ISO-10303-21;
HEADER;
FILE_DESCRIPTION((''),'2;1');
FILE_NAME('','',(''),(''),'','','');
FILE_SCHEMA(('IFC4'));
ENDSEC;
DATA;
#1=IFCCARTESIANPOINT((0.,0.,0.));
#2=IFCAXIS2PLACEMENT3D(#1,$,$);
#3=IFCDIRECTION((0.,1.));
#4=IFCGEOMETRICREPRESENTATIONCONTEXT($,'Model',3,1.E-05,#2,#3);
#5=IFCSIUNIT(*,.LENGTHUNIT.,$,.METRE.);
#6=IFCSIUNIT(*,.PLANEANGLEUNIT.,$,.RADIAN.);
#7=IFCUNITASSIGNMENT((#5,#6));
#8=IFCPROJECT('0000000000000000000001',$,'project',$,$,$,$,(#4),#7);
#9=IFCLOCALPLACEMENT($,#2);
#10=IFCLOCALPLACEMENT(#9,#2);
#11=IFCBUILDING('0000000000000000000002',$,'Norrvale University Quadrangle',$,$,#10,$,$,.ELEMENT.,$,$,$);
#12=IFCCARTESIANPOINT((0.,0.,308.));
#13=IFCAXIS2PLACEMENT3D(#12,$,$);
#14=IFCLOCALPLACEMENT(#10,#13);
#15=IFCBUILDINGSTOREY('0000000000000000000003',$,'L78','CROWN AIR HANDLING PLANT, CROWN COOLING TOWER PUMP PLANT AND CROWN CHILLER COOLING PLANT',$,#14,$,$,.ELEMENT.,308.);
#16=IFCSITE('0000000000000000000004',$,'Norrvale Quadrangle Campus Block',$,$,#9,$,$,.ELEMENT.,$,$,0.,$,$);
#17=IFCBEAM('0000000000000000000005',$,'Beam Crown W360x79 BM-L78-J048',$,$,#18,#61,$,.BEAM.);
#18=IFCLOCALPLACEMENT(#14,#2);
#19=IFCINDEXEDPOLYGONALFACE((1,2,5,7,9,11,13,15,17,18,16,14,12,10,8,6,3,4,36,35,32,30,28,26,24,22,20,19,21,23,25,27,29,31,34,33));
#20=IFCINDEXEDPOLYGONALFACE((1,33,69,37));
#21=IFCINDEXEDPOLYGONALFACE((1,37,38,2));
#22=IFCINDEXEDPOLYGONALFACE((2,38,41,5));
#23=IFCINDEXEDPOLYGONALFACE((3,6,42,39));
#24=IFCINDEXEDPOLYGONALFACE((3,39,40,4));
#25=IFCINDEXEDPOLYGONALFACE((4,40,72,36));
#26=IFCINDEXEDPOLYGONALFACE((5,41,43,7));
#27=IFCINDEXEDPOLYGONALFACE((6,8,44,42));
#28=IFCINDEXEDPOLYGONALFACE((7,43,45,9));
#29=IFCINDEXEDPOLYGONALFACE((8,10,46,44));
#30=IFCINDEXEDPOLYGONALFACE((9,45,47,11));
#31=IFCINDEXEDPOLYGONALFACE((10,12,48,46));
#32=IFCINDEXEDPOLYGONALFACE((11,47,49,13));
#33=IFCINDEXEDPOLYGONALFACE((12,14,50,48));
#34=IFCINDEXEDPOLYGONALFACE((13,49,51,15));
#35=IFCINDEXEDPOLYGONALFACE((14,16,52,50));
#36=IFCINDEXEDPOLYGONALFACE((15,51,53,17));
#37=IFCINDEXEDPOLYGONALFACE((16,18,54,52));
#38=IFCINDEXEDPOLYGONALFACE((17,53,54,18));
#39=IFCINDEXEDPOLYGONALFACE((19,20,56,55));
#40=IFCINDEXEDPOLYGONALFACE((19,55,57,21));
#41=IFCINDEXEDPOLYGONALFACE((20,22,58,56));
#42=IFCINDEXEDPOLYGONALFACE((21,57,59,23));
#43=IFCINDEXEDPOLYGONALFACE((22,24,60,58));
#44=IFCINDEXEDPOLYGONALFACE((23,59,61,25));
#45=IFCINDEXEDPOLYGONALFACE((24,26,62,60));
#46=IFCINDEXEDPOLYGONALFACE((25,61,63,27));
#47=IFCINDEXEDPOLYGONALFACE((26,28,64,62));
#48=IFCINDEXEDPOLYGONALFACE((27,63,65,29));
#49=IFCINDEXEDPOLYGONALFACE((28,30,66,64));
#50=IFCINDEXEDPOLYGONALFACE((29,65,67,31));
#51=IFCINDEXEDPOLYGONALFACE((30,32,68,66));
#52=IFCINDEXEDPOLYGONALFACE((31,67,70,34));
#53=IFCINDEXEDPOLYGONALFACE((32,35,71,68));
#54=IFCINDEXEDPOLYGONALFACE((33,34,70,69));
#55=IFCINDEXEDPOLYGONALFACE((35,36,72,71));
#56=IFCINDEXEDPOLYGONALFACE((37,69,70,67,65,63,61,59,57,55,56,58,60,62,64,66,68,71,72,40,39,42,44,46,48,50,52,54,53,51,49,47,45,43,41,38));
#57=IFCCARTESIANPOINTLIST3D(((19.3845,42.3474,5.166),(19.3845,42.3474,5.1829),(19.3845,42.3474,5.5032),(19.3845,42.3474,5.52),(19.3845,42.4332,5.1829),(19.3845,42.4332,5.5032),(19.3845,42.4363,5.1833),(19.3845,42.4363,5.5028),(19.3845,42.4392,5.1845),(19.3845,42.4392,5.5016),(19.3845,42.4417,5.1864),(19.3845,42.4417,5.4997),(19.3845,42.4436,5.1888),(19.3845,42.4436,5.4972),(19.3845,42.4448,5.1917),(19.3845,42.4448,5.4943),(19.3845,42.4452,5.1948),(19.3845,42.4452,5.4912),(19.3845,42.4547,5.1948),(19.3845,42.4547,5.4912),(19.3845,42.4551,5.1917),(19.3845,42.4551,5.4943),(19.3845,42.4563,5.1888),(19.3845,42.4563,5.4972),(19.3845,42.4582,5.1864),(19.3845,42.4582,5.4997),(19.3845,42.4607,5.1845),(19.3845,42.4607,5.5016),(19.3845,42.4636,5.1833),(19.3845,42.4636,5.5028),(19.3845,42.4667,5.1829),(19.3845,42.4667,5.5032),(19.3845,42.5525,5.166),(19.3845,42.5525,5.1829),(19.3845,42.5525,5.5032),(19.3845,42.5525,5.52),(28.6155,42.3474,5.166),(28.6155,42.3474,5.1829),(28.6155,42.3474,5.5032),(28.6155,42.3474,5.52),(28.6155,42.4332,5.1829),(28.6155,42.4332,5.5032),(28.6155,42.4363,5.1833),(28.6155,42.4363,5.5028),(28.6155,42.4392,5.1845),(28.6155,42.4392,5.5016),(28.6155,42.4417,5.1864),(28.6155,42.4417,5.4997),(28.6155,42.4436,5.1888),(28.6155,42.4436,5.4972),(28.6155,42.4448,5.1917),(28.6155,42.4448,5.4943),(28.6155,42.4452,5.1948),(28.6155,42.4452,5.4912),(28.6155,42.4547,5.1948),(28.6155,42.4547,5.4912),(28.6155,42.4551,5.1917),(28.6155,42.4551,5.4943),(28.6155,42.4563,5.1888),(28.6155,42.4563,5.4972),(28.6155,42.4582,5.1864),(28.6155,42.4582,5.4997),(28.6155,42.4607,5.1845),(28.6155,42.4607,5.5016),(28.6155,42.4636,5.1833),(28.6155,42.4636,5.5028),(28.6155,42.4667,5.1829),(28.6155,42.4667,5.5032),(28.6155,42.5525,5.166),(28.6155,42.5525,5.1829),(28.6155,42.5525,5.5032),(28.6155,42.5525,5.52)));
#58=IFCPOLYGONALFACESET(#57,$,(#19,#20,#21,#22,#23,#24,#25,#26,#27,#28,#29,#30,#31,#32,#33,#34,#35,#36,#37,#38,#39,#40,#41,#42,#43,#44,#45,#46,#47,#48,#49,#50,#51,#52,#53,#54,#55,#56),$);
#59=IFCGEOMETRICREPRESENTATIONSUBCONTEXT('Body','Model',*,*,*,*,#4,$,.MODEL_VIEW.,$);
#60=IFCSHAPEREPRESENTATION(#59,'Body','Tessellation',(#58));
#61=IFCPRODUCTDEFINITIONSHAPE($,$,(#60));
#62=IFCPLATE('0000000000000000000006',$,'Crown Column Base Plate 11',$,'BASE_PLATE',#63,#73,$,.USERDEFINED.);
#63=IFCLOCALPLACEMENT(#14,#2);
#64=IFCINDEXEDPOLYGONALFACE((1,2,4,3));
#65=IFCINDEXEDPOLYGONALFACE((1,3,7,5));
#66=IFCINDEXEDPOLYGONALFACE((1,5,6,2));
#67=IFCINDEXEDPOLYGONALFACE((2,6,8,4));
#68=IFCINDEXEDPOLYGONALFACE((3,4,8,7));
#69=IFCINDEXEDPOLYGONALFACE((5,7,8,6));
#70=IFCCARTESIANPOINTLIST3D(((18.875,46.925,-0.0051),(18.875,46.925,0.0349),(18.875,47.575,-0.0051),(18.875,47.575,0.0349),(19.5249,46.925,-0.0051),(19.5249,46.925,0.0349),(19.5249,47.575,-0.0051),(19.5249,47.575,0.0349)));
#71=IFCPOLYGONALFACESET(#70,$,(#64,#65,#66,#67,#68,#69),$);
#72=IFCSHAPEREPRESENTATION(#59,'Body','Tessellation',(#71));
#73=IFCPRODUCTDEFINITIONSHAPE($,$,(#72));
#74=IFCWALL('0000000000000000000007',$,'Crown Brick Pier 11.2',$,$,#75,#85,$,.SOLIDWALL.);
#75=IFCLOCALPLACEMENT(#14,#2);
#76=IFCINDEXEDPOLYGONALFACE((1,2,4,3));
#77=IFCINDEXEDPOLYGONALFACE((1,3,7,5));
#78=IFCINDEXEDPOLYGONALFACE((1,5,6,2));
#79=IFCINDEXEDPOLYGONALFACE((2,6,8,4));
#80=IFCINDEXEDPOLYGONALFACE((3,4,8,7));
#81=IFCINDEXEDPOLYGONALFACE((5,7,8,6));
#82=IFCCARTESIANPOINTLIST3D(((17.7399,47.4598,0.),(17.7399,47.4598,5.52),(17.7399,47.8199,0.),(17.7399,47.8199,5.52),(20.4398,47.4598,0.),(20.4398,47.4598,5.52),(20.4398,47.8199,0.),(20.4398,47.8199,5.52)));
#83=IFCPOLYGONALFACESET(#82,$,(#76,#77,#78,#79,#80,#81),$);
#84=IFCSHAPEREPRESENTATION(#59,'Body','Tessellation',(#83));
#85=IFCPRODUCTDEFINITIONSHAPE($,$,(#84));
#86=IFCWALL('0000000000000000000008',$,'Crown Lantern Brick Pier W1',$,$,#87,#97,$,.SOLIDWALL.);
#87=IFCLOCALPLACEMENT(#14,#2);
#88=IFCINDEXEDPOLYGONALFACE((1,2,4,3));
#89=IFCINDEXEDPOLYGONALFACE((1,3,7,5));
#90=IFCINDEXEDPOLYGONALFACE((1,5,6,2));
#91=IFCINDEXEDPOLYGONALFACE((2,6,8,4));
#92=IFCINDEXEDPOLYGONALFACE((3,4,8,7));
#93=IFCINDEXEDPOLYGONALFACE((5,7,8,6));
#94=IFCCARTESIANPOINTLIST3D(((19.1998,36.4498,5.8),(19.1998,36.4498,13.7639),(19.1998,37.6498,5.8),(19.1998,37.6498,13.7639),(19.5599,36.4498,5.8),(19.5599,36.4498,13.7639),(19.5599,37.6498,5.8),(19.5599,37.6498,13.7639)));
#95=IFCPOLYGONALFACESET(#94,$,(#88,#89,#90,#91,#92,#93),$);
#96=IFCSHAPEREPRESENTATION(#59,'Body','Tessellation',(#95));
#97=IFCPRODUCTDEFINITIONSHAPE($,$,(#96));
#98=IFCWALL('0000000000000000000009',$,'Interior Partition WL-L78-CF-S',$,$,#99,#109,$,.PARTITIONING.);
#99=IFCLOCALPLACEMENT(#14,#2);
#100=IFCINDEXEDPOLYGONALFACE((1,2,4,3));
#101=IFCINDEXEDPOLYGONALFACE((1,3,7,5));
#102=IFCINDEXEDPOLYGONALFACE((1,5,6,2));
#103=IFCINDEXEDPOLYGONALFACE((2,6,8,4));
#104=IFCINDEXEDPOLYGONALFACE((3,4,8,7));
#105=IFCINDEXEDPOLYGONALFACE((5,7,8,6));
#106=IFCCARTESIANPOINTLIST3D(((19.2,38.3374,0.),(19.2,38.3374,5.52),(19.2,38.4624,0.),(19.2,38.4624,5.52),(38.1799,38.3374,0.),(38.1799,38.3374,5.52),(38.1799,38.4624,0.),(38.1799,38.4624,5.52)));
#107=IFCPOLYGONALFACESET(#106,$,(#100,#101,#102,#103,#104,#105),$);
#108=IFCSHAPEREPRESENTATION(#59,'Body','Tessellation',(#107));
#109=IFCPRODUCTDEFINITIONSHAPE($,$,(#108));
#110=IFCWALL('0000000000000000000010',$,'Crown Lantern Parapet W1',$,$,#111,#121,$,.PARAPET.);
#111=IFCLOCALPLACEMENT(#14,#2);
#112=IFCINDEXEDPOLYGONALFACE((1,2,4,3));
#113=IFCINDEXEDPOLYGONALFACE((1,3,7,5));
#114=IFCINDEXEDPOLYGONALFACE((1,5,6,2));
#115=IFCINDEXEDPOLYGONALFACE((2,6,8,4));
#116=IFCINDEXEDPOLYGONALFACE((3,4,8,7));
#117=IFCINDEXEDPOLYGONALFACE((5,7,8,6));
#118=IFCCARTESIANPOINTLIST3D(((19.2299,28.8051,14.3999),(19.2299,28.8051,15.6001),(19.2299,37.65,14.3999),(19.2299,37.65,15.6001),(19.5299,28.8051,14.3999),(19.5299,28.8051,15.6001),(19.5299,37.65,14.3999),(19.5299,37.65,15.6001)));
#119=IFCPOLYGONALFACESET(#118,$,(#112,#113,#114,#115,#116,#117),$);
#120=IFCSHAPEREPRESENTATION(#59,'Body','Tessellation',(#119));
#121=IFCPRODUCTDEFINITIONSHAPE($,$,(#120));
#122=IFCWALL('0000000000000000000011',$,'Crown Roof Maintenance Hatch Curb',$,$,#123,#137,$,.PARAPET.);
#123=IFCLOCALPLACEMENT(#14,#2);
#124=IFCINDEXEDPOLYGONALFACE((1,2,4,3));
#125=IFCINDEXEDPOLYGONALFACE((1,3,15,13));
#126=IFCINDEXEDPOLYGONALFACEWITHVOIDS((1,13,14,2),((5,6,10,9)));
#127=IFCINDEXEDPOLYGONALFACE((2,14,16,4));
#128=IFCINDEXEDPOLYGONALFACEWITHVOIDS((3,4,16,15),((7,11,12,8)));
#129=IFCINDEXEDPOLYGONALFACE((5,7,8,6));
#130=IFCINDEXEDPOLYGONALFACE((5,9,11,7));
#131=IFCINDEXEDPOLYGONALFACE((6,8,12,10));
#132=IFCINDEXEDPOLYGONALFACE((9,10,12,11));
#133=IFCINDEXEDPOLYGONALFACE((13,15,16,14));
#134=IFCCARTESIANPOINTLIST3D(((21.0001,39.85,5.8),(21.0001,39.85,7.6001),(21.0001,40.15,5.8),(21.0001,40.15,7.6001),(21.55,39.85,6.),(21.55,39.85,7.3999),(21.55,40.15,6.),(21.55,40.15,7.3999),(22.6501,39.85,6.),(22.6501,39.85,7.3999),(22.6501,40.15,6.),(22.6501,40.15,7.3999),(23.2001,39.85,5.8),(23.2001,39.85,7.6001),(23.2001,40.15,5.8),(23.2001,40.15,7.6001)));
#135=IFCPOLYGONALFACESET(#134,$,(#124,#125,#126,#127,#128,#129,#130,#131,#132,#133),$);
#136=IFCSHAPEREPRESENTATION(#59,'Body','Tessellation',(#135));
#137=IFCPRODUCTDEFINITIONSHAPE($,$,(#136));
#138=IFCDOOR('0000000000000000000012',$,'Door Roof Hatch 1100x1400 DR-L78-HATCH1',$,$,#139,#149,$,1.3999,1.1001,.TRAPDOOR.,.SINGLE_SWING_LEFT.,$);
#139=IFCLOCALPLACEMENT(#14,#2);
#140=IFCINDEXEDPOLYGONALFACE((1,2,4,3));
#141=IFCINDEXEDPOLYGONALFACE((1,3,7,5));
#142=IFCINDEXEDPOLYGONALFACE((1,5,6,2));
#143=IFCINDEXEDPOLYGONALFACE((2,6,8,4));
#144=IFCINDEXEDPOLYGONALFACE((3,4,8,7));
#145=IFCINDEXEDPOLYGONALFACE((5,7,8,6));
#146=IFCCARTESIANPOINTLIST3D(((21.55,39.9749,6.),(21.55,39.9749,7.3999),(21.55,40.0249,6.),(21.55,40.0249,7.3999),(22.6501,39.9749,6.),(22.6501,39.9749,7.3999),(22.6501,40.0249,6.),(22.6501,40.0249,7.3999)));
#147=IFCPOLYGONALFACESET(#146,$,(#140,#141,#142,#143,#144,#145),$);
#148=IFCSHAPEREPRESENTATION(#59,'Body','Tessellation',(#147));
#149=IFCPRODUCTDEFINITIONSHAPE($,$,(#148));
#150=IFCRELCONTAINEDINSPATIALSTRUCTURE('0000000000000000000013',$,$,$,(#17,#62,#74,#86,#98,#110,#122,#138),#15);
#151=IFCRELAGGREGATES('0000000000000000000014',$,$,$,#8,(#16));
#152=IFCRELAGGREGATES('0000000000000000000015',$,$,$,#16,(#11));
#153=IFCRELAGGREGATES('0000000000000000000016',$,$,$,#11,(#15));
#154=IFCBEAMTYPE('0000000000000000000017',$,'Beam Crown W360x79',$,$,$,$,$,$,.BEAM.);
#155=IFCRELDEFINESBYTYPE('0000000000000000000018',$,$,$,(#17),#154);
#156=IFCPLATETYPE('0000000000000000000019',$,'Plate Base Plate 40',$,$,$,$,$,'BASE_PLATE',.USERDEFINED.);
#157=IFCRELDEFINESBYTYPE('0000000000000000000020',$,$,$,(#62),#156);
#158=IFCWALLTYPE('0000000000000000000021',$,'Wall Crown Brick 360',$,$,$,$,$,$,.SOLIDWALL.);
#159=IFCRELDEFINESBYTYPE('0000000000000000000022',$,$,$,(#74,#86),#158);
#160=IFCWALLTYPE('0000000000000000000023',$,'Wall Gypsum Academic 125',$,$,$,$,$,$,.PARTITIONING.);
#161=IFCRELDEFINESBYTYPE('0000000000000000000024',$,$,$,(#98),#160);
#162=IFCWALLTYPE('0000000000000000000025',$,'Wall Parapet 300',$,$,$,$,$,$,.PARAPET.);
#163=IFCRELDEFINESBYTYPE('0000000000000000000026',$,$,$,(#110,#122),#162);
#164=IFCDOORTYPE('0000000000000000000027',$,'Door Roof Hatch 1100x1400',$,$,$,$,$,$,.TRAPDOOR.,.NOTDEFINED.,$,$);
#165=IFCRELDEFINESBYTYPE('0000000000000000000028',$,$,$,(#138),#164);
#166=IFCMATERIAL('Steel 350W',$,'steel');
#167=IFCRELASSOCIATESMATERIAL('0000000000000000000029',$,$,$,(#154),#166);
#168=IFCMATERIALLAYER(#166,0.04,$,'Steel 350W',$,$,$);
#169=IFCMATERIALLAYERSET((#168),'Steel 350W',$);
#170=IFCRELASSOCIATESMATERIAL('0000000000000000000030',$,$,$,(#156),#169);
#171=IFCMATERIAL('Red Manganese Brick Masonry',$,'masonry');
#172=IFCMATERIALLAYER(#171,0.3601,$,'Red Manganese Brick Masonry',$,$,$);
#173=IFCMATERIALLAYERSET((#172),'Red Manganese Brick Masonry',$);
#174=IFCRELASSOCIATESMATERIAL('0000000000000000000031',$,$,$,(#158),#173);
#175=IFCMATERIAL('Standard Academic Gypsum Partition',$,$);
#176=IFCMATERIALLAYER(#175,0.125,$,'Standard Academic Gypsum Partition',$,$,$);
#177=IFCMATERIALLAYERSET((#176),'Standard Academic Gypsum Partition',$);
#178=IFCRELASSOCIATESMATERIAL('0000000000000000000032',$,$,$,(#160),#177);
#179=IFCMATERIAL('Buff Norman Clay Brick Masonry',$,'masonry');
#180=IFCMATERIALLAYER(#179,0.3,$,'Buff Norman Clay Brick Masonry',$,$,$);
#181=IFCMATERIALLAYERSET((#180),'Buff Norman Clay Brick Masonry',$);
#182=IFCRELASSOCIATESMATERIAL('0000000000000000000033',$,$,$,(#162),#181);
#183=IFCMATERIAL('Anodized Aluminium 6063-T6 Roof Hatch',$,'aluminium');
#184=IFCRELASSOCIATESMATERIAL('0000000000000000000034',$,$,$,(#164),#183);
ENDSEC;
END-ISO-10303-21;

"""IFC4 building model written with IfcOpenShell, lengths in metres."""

from ifc_helpers import new_model, si_unit, direction, frame, frame_2d, origin, origin_2d, place, context, subcontext, project, spatial, rectangle, i_section, extrude, material, layer, layer_set, material_profile, profile_set, type_object, element, fill, save


model = new_model("IFC4")

# Units and contexts
model_context = context("Model", 3, precision=1e-05, world=origin(), true_north=direction((0.0, 1.0)))
body_context = subcontext(model_context, "Body", "Model", "MODEL_VIEW")
ifc_project = project(units=[si_unit("LENGTHUNIT", "METRE"), si_unit("PLANEANGLEUNIT", "RADIAN")], contexts=[model_context])

# Site, building, storey
site_placement = place(None, origin())
site = spatial("IfcSite", under=ifc_project, at=site_placement, Name="Norrvale Quadrangle Campus Block", CompositionType="ELEMENT", RefElevation=0.0)
building_placement = place(site_placement, origin())
building = spatial("IfcBuilding", under=site, at=building_placement, Name="Norrvale University Quadrangle", CompositionType="ELEMENT")
storey_placement = place(building_placement, frame((0.0, 0.0, 308.0)))
storey = spatial("IfcBuildingStorey", under=building, at=storey_placement, Name="L78", Description="CROWN AIR HANDLING PLANT, CROWN COOLING TOWER PUMP PLANT AND CROWN CHILLER COOLING PLANT", CompositionType="ELEMENT", Elevation=308.0)

# Shared definitions
ifc_material_1 = material(Name="Steel 350W", Category="steel")

# Beam
ifc_material_profile_1 = material_profile(ifc_material_1, i_section(OverallWidth=0.2051, OverallDepth=0.354, WebThickness=0.0095, FlangeThickness=0.0168, FilletRadius=0.012, at=origin_2d()), Name="Steel 350W")
ifc_profile_set_1 = profile_set([ifc_material_profile_1], Name="Steel 350W")
beam_type_1 = type_object("IfcBeamType", Name="Beam Crown W360x79", PredefinedType="BEAM", material=ifc_profile_set_1)
beam_placement = place(storey_placement, frame((19.3845, 42.45, 5.343), z_axis=(1.0, 0.0, 0.0), x_axis=(0.0, 1.0, 0.0)))
element("IfcBeam", 1, at=beam_placement, inside=storey, type_object=beam_type_1, Name="Beam Crown W360x79 BM-L78-J048", PredefinedType="BEAM", context=body_context, shape_type="SweptSolid", body=[
    extrude(i_section(OverallWidth=0.2051, OverallDepth=0.354, WebThickness=0.0095, FlangeThickness=0.0168, FilletRadius=0.012, at=origin_2d()), origin(), (0.0, 0.0, 1.0), 9.231),
])

# Plate
ifc_layer_1 = layer(ifc_material_1, 0.04, Name="Steel 350W")
ifc_layer_set_1 = layer_set([ifc_layer_1], Name="Steel 350W")
plate_type_1 = type_object("IfcPlateType", Name="Plate Base Plate 40", ElementType="BASE_PLATE", PredefinedType="USERDEFINED", material=ifc_layer_set_1)
plate_1_placement = place(storey_placement, frame((19.2, 47.25, -0.0051), z_axis=(0.0, 0.0, 1.0), x_axis=(1.0, 0.0, 0.0)))
element("IfcPlate", 2, at=plate_1_placement, inside=storey, type_object=plate_type_1, Name="Crown Column Base Plate 11", ObjectType="BASE_PLATE", PredefinedType="USERDEFINED", context=body_context, shape_type="SweptSolid", body=[
    extrude(rectangle(XDim=0.6499, YDim=0.6499, at=origin_2d()), origin(), (0.0, 0.0, 1.0), 0.04),
])

# Walls
ifc_material_2 = material(Name="Red Manganese Brick Masonry", Category="masonry")
ifc_layer_2 = layer(ifc_material_2, 0.3601, Name="Red Manganese Brick Masonry")
ifc_layer_set_2 = layer_set([ifc_layer_2], Name="Red Manganese Brick Masonry")
wall_type_1 = type_object("IfcWallType", Name="Wall Crown Brick 360", PredefinedType="SOLIDWALL", material=ifc_layer_set_2)
wall_1_placement = place(storey_placement, frame((20.4399, 47.6399, 0.0), z_axis=(0.0, 0.0, 1.0), x_axis=(-1.0, 0.0, 0.0)))
element("IfcWall", 3, at=wall_1_placement, inside=storey, type_object=wall_type_1, Name="Crown Brick Pier 11.2", PredefinedType="SOLIDWALL", context=body_context, shape_type="SweptSolid", body=[
    extrude(rectangle(XDim=2.7, YDim=0.3601, at=frame_2d((1.3501, 0.0))), origin(), (0.0, 0.0, 1.0), 5.52),
])
wall_2_placement = place(storey_placement, frame((19.3799, 37.6499, 5.8), z_axis=(0.0, 0.0, 1.0), x_axis=(0.0, -1.0, 0.0)))
element("IfcWall", 4, at=wall_2_placement, inside=storey, type_object=wall_type_1, Name="Crown Lantern Brick Pier W1", PredefinedType="SOLIDWALL", context=body_context, shape_type="SweptSolid", body=[
    extrude(rectangle(XDim=1.2, YDim=0.3601, at=frame_2d((0.6001, 0.0))), origin(), (0.0, 0.0, 1.0), 7.9639),
])
ifc_material_3 = material(Name="Standard Academic Gypsum Partition")
ifc_layer_3 = layer(ifc_material_3, 0.125, Name="Standard Academic Gypsum Partition")
ifc_layer_set_3 = layer_set([ifc_layer_3], Name="Standard Academic Gypsum Partition")
wall_type_2 = type_object("IfcWallType", Name="Wall Gypsum Academic 125", PredefinedType="PARTITIONING", material=ifc_layer_set_3)
wall_3_placement = place(storey_placement, frame((19.2, 38.3999, 0.0), z_axis=(0.0, 0.0, 1.0), x_axis=(1.0, 0.0, 0.0)))
element("IfcWall", 5, at=wall_3_placement, inside=storey, type_object=wall_type_2, Name="Interior Partition WL-L78-CF-S", PredefinedType="PARTITIONING", context=body_context, shape_type="SweptSolid", body=[
    extrude(rectangle(XDim=18.98, YDim=0.125, at=frame_2d((9.49, 0.0))), origin(), (0.0, 0.0, 1.0), 5.52),
])
ifc_material_4 = material(Name="Buff Norman Clay Brick Masonry", Category="masonry")
ifc_layer_4 = layer(ifc_material_4, 0.3, Name="Buff Norman Clay Brick Masonry")
ifc_layer_set_4 = layer_set([ifc_layer_4], Name="Buff Norman Clay Brick Masonry")
wall_type_3 = type_object("IfcWallType", Name="Wall Parapet 300", PredefinedType="PARAPET", material=ifc_layer_set_4)
wall_4_placement = place(storey_placement, frame((19.3799, 37.6499, 14.3999), z_axis=(0.0, 0.0, 1.0), x_axis=(0.0, -1.0, 0.0)))
element("IfcWall", 6, at=wall_4_placement, inside=storey, type_object=wall_type_3, Name="Crown Lantern Parapet W1", PredefinedType="PARAPET", context=body_context, shape_type="SweptSolid", body=[
    extrude(rectangle(XDim=8.845, YDim=0.3, at=frame_2d((4.4224, 0.0))), origin(), (0.0, 0.0, 1.0), 1.2002),
])

# Wall, opening, door
wall_5_placement = place(storey_placement, frame((21.0, 40.0, 5.8), z_axis=(0.0, 0.0, 1.0), x_axis=(1.0, 0.0, 0.0)))
wall_5 = element("IfcWall", 7, at=wall_5_placement, inside=storey, type_object=wall_type_3, Name="Crown Roof Maintenance Hatch Curb", PredefinedType="PARAPET", context=body_context, shape_type="SweptSolid", body=[
    extrude(rectangle(XDim=2.2, YDim=0.3, at=frame_2d((1.1001, 0.0))), origin(), (0.0, 0.0, 1.0), 1.8),
])
opening_placement = place(wall_5_placement, frame((0.55, 0.0, 0.2)))
opening = element("IfcOpeningElement", 8, at=opening_placement, cuts=wall_5, PredefinedType="OPENING", context=body_context, shape_type="SweptSolid", body=[
    extrude(rectangle(XDim=1.1001, YDim=1.3999, at=frame_2d((0.55, 0.7))), frame((0.0, 0.1621, 0.0), z_axis=(0.0, -1.0, 0.0), x_axis=(1.0, 0.0, 0.0)), (0.0, 0.0, 1.0), 0.324),
])
ifc_material_5 = material(Name="Anodized Aluminium 6063-T6 Roof Hatch", Category="aluminium")
door_type = type_object("IfcDoorType", Name="Door Roof Hatch 1100x1400", OperationType="NOTDEFINED", PredefinedType="TRAPDOOR", material=ifc_material_5)
door_placement = place(opening_placement, origin())
door = element("IfcDoor", 9, at=door_placement, inside=storey, type_object=door_type, Name="Door Roof Hatch 1100x1400 DR-L78-HATCH1", OperationType="SINGLE_SWING_LEFT", OverallHeight=1.3999, OverallWidth=1.1001, PredefinedType="TRAPDOOR", context=body_context, shape_type="SweptSolid", body=[
    extrude(rectangle(XDim=1.1001, YDim=1.3999, at=frame_2d((0.55, 0.7))), frame((0.0, 0.0249, 0.0), z_axis=(0.0, -1.0, 0.0), x_axis=(1.0, 0.0, 0.0)), (0.0, 0.0, 1.0), 0.05),
])
fill(opening, door)

save(model, "model.ifc")
